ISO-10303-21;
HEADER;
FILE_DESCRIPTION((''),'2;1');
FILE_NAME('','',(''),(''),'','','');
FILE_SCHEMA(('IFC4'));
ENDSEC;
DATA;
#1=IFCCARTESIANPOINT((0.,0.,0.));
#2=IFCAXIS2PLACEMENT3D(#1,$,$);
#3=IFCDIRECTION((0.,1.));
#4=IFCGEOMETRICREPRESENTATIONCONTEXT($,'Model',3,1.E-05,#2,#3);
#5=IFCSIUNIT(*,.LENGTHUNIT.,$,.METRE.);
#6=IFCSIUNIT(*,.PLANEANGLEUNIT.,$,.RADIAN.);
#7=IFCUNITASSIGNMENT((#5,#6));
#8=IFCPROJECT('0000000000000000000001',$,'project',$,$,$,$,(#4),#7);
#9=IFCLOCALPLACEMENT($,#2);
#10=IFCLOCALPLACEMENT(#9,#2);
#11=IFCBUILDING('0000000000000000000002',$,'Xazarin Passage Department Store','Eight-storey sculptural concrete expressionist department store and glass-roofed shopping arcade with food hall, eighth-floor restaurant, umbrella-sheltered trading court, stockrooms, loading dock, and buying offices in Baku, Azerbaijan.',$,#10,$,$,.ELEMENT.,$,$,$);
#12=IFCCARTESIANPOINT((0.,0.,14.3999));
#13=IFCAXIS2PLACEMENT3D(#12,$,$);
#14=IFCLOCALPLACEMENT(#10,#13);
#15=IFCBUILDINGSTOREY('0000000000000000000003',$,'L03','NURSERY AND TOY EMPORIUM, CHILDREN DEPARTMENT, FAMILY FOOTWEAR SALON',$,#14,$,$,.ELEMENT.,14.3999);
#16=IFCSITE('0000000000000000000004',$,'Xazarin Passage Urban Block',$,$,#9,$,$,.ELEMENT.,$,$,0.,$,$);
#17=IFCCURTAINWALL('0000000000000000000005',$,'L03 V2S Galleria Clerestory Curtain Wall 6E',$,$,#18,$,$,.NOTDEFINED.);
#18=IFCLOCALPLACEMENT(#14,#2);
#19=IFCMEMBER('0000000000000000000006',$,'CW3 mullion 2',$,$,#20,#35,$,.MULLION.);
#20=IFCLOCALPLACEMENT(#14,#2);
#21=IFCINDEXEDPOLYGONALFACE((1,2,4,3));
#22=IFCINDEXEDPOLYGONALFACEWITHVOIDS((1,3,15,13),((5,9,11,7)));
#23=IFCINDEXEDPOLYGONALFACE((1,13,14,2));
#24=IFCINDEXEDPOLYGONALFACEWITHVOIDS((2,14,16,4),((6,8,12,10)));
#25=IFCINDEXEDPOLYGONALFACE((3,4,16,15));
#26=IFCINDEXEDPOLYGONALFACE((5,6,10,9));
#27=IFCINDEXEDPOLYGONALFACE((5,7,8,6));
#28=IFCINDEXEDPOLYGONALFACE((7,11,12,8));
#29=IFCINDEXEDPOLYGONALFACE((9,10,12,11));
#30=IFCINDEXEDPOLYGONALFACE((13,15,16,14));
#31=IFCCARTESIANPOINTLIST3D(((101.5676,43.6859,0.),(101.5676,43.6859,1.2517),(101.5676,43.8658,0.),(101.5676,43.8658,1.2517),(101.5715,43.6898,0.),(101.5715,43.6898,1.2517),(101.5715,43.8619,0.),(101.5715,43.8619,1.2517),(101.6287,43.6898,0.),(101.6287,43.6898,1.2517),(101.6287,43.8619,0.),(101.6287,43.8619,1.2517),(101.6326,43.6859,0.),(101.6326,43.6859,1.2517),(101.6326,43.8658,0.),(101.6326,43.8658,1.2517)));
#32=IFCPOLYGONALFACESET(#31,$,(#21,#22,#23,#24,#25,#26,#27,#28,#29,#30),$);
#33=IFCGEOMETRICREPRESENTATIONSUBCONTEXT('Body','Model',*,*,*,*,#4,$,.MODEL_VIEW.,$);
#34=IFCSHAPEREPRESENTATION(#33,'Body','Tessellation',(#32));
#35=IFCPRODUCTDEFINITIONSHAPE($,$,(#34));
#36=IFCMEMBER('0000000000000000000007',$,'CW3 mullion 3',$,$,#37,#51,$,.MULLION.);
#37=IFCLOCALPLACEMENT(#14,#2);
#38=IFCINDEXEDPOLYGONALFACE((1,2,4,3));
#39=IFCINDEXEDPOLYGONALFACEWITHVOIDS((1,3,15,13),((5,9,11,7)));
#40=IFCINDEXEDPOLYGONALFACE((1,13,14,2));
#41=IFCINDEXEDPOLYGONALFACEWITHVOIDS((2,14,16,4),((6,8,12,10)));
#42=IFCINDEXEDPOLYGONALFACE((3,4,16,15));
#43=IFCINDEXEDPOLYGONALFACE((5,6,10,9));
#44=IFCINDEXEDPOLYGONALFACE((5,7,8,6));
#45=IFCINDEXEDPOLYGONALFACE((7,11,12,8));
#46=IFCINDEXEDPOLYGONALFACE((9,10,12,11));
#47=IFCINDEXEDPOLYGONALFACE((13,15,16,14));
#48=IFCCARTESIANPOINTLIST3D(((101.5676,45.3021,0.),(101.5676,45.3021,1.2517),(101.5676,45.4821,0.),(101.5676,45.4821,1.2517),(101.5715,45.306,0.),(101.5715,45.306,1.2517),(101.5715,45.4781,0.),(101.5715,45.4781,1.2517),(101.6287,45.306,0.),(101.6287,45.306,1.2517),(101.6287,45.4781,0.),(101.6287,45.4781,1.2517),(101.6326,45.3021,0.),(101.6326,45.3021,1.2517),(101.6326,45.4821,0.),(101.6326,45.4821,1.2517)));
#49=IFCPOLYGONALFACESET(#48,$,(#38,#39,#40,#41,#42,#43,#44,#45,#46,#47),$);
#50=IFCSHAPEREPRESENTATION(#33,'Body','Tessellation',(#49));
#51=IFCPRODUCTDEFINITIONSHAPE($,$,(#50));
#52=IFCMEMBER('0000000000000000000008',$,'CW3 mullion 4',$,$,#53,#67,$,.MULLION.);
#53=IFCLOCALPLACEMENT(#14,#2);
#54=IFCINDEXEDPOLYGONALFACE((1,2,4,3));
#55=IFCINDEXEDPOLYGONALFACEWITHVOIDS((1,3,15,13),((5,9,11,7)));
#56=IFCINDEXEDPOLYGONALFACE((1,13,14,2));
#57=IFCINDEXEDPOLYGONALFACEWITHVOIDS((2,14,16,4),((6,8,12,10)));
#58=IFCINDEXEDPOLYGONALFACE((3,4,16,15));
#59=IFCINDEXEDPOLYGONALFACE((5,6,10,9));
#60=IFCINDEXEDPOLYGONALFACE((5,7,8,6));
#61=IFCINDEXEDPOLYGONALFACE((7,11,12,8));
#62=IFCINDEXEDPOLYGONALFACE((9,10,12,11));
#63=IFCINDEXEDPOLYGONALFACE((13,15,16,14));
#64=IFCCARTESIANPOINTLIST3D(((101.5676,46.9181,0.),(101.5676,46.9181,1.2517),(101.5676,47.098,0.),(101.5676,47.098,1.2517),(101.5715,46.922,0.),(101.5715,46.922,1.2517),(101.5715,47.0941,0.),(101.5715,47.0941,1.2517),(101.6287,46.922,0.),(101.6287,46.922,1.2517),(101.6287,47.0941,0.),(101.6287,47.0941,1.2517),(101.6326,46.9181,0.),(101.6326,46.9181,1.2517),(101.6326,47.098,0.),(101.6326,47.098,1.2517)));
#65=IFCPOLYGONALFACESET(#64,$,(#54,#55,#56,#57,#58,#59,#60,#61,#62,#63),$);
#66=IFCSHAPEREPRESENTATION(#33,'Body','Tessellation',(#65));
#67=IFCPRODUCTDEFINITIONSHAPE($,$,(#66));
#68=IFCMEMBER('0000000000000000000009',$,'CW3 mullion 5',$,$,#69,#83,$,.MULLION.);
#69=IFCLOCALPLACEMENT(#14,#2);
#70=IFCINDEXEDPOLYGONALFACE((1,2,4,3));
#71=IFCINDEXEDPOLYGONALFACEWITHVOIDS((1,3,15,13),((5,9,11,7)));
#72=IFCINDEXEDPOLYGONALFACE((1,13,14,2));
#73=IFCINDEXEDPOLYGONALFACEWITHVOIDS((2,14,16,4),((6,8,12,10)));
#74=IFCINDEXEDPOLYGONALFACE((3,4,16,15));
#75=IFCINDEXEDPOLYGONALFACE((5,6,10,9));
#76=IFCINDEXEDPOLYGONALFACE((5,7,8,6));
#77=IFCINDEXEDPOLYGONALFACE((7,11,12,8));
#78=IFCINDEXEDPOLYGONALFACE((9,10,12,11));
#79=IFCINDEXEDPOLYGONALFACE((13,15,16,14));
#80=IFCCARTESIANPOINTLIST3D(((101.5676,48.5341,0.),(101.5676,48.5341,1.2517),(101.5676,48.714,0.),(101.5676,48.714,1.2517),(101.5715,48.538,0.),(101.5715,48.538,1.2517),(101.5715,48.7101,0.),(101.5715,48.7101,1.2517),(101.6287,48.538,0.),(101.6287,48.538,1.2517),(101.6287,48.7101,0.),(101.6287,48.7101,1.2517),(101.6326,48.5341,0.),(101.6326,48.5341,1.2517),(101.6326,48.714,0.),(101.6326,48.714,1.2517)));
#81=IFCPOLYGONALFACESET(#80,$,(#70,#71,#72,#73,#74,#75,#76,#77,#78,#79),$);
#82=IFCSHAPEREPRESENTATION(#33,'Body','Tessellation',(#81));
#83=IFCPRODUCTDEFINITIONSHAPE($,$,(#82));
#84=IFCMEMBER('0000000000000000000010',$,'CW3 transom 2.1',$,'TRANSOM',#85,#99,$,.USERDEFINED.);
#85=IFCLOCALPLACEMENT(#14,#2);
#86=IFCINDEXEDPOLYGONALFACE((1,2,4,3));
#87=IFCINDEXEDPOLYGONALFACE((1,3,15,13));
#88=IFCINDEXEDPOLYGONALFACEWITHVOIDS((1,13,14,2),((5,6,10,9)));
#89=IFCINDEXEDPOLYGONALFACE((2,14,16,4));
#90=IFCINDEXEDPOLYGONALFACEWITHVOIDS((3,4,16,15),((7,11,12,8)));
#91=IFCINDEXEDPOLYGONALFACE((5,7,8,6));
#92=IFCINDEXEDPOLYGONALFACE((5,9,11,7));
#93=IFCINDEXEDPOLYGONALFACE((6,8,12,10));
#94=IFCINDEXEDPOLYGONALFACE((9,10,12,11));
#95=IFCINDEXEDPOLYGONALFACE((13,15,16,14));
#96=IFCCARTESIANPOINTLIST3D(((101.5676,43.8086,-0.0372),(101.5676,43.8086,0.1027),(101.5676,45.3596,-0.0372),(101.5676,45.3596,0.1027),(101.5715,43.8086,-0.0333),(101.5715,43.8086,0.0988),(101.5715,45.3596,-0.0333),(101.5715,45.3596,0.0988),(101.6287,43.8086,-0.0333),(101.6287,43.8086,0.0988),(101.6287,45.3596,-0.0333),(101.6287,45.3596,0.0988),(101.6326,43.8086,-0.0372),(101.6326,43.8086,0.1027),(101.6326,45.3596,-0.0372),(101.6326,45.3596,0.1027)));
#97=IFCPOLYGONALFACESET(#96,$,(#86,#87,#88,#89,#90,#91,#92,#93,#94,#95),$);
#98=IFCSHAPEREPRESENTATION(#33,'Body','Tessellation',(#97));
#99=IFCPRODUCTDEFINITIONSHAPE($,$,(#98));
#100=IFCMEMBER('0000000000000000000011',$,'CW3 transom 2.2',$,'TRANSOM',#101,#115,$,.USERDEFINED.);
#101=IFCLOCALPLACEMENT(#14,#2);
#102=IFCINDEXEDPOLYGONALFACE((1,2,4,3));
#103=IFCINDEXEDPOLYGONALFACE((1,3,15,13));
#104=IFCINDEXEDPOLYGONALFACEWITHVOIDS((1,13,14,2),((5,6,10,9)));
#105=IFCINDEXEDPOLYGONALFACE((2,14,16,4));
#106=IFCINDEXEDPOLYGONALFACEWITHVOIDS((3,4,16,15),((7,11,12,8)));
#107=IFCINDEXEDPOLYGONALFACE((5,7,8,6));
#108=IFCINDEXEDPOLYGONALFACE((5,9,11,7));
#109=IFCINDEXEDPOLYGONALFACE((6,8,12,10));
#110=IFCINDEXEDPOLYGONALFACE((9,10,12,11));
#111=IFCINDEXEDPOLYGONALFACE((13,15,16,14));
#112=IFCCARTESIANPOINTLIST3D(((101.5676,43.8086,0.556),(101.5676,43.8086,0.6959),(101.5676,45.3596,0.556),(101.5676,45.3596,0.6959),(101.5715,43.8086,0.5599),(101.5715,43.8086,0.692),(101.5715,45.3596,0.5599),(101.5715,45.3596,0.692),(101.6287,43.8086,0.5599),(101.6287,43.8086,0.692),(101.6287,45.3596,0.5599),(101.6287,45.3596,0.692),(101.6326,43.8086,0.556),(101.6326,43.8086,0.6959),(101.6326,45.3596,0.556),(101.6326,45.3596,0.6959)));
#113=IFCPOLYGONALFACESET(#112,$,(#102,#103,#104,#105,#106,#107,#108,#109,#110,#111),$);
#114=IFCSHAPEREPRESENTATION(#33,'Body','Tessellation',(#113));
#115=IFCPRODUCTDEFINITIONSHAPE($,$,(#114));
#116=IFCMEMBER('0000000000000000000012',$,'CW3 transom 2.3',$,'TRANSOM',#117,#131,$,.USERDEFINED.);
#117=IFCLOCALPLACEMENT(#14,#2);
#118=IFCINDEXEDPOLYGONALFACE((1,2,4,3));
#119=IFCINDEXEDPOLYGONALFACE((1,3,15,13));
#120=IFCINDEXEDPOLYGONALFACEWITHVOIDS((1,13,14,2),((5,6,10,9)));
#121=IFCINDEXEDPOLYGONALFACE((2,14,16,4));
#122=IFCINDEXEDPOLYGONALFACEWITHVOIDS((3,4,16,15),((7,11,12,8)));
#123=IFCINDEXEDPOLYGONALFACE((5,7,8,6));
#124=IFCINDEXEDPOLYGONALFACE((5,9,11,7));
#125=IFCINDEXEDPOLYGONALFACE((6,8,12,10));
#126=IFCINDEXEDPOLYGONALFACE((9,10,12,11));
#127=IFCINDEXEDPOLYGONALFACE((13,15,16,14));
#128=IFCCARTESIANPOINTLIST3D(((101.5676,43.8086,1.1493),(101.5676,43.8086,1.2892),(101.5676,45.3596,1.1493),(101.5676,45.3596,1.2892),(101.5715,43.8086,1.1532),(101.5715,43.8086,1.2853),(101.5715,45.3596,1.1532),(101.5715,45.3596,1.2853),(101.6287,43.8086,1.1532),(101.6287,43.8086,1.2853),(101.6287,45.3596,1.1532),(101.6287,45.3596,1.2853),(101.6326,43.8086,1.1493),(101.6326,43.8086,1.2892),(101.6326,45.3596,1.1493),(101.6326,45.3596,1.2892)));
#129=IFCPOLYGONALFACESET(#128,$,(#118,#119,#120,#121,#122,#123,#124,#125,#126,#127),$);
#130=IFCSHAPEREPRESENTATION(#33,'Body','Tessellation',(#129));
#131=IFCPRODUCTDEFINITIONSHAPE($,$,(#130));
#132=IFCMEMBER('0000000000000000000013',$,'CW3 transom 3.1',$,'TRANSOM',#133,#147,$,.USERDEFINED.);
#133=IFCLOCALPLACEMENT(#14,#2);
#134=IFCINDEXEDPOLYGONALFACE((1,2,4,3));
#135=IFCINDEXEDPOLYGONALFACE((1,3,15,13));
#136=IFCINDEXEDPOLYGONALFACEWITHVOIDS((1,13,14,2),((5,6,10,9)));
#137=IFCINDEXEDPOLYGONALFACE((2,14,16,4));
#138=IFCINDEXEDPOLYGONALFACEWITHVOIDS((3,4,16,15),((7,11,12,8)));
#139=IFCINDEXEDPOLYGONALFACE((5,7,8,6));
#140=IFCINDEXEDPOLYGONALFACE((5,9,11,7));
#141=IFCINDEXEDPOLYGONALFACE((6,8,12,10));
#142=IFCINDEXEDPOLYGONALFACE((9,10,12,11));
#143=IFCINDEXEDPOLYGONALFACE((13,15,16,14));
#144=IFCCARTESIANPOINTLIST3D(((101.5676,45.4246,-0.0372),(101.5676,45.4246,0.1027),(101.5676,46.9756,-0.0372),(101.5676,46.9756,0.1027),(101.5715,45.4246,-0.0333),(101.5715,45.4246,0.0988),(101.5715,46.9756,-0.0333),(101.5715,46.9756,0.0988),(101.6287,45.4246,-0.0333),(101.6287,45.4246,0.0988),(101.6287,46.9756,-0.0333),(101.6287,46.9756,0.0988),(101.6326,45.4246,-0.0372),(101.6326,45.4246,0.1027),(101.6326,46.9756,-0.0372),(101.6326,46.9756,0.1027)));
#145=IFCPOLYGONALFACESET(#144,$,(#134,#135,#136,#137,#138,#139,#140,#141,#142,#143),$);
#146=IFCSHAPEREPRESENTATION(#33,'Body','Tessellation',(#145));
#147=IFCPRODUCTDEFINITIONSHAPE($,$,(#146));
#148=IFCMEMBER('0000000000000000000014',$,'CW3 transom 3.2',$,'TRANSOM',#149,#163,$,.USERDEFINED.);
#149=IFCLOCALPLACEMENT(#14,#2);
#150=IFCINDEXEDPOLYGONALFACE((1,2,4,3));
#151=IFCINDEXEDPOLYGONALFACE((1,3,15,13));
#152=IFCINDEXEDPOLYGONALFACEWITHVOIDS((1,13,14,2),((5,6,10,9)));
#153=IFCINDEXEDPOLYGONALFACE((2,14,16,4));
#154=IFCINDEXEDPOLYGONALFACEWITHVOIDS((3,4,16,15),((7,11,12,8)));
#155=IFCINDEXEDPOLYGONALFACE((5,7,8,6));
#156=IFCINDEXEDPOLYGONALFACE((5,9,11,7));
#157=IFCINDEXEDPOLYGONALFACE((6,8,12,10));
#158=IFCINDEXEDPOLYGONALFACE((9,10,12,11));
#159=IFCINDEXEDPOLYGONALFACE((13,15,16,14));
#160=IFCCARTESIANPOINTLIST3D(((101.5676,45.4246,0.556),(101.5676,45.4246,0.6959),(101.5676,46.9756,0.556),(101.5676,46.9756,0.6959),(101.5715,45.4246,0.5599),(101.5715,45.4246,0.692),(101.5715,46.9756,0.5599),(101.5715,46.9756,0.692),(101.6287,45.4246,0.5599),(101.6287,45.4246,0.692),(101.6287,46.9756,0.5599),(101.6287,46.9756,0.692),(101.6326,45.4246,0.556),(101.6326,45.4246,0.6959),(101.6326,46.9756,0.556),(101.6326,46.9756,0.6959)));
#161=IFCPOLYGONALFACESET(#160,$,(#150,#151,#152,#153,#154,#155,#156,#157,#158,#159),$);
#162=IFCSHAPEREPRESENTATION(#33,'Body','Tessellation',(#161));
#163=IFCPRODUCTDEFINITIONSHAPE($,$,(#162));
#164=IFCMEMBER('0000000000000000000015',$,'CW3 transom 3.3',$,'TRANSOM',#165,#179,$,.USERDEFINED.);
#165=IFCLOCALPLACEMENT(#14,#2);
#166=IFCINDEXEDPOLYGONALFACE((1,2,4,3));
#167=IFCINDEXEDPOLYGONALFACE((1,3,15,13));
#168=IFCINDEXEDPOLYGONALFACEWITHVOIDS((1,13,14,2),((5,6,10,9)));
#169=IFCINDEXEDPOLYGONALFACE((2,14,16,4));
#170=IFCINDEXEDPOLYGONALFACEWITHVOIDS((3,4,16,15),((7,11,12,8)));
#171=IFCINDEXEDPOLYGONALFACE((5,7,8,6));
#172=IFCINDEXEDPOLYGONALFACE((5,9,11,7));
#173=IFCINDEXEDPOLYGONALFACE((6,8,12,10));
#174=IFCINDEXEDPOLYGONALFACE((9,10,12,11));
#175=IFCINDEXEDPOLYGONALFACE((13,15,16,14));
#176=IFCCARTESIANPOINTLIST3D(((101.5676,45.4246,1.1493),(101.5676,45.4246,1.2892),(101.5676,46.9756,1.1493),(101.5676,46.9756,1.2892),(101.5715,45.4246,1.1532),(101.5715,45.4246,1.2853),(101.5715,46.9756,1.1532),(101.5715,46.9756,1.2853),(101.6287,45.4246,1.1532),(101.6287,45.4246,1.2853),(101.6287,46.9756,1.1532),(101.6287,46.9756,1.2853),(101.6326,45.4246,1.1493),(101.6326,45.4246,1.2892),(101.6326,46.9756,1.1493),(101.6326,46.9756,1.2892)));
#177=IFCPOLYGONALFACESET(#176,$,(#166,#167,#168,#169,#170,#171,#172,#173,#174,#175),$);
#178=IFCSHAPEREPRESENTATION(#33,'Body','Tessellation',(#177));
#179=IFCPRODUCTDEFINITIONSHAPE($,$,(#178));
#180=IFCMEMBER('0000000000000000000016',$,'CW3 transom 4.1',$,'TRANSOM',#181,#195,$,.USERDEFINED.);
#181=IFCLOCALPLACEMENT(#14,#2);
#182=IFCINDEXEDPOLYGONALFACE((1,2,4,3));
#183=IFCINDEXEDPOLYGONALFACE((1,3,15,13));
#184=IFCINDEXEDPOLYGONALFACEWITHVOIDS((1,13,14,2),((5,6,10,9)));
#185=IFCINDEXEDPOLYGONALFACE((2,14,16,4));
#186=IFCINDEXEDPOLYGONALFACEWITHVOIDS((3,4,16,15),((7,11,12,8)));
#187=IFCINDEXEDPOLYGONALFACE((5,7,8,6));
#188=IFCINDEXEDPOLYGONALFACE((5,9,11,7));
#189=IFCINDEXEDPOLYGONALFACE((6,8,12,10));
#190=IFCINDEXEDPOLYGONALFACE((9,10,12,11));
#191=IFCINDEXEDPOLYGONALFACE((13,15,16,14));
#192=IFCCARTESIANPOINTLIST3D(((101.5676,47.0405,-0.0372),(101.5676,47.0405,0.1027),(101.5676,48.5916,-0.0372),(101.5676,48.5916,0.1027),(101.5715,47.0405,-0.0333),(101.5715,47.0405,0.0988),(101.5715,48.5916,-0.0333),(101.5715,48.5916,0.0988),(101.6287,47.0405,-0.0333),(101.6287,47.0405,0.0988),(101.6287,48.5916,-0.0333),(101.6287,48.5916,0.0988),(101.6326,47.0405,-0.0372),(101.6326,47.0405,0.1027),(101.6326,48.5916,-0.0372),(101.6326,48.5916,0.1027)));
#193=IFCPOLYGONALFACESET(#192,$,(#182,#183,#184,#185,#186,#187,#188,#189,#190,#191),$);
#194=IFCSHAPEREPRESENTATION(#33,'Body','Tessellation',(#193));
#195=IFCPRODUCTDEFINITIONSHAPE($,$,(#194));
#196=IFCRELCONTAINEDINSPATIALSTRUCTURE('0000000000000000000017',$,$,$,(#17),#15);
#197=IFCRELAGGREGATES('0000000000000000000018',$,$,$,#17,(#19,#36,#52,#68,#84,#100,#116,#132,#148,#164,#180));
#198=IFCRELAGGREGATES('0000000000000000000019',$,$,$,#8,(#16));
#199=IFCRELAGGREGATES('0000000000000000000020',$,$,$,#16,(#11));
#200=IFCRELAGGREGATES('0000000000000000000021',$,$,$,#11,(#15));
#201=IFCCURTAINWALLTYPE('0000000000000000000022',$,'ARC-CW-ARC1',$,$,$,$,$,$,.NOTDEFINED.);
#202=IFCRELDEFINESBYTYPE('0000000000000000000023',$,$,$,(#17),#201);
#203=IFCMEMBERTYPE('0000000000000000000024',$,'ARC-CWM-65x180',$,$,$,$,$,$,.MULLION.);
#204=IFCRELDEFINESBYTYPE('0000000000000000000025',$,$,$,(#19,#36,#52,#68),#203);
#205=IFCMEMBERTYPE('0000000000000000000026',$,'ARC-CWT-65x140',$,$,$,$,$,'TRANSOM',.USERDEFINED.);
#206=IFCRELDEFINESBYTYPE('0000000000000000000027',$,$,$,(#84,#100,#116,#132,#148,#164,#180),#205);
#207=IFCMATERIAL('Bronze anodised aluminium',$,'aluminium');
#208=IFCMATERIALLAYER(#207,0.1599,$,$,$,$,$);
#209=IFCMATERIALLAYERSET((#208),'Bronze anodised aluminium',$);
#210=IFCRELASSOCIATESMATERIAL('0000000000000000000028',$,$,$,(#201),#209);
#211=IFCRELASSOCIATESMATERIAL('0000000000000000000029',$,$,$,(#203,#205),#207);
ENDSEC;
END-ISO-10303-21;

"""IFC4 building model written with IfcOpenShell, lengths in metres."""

from ifc_helpers import new_model, si_unit, direction, frame, origin, origin_2d, place, context, subcontext, project, spatial, hollow_rectangle, extrude, material, layer, layer_set, material_profile, profile_set, type_object, element, aggregate, save


model = new_model("IFC4")

# Units and contexts
model_context = context("Model", 3, precision=1e-05, world=origin(), true_north=direction((0.0, 1.0)))
body_context = subcontext(model_context, "Body", "Model", "MODEL_VIEW")
ifc_project = project(units=[si_unit("LENGTHUNIT", "METRE"), si_unit("PLANEANGLEUNIT", "RADIAN")], contexts=[model_context])

# Site, building, storey
site_placement = place(None, origin())
site = spatial("IfcSite", under=ifc_project, at=site_placement, Name="Xazarin Passage Urban Block", CompositionType="ELEMENT", RefElevation=0.0)
building_placement = place(site_placement, origin())
building = spatial("IfcBuilding", under=site, at=building_placement, Name="Xazarin Passage Department Store", Description="Eight-storey sculptural concrete expressionist department store and glass-roofed shopping arcade with food hall, eighth-floor restaurant, umbrella-sheltered trading court, stockrooms, loading dock, and buying offices in Baku, Azerbaijan.", CompositionType="ELEMENT")
storey_placement = place(building_placement, frame((0.0, 0.0, 14.3999)))
storey = spatial("IfcBuildingStorey", under=building, at=storey_placement, Name="L03", Description="NURSERY AND TOY EMPORIUM, CHILDREN DEPARTMENT, FAMILY FOOTWEAR SALON", CompositionType="ELEMENT", Elevation=14.3999)

# Curtain wall, members
ifc_material_1 = material(Name="Bronze anodised aluminium", Category="aluminium")
ifc_layer_1 = layer(ifc_material_1, 0.1599)
ifc_layer_set_1 = layer_set([ifc_layer_1], Name="Bronze anodised aluminium")
curtain_wall_type = type_object("IfcCurtainWallType", Name="ARC-CW-ARC1", PredefinedType="NOTDEFINED", material=ifc_layer_set_1)
curtain_wall_placement = place(storey_placement, origin())
curtain_wall = element("IfcCurtainWall", 1, at=curtain_wall_placement, inside=storey, type_object=curtain_wall_type, Name="L03 V2S Galleria Clerestory Curtain Wall 6E", PredefinedType="NOTDEFINED")
ifc_material_profile_1 = material_profile(ifc_material_1, hollow_rectangle(XDim=0.0649, YDim=0.1799, WallThickness=0.0039, at=origin_2d()), Name="ALU 65x180")
ifc_profile_set_1 = profile_set([ifc_material_profile_1], Name="Bronze anodised aluminium")
member_type_1 = type_object("IfcMemberType", Name="ARC-CWM-65x180", PredefinedType="MULLION", material=ifc_profile_set_1)
member_1_placement = place(storey_placement, frame((101.6001, 43.7759, 0.0), z_axis=(0.0, 0.0, 1.0), x_axis=(-1.0, 0.0, 0.0)))
member_1 = element("IfcMember", 2, at=member_1_placement, type_object=member_type_1, Name="CW3 mullion 2", PredefinedType="MULLION", context=body_context, shape_type="SweptSolid", body=[
    extrude(hollow_rectangle(XDim=0.0649, YDim=0.1799, WallThickness=0.0039, at=origin_2d()), origin(), (0.0, 0.0, 1.0), 1.2517),
])
member_2_placement = place(storey_placement, frame((101.6001, 45.3921, 0.0), z_axis=(0.0, 0.0, 1.0), x_axis=(-1.0, 0.0, 0.0)))
member_2 = element("IfcMember", 3, at=member_2_placement, type_object=member_type_1, Name="CW3 mullion 3", PredefinedType="MULLION", context=body_context, shape_type="SweptSolid", body=[
    extrude(hollow_rectangle(XDim=0.0649, YDim=0.1799, WallThickness=0.0039, at=origin_2d()), origin(), (0.0, 0.0, 1.0), 1.2517),
])
member_3_placement = place(storey_placement, frame((101.6001, 47.0081, 0.0), z_axis=(0.0, 0.0, 1.0), x_axis=(-1.0, 0.0, 0.0)))
member_3 = element("IfcMember", 4, at=member_3_placement, type_object=member_type_1, Name="CW3 mullion 4", PredefinedType="MULLION", context=body_context, shape_type="SweptSolid", body=[
    extrude(hollow_rectangle(XDim=0.0649, YDim=0.1799, WallThickness=0.0039, at=origin_2d()), origin(), (0.0, 0.0, 1.0), 1.2517),
])
member_4_placement = place(storey_placement, frame((101.6001, 48.624, 0.0), z_axis=(0.0, 0.0, 1.0), x_axis=(-1.0, 0.0, 0.0)))
member_4 = element("IfcMember", 5, at=member_4_placement, type_object=member_type_1, Name="CW3 mullion 5", PredefinedType="MULLION", context=body_context, shape_type="SweptSolid", body=[
    extrude(hollow_rectangle(XDim=0.0649, YDim=0.1799, WallThickness=0.0039, at=origin_2d()), origin(), (0.0, 0.0, 1.0), 1.2517),
])
ifc_material_profile_2 = material_profile(ifc_material_1, hollow_rectangle(XDim=0.0649, YDim=0.1399, WallThickness=0.0039, at=origin_2d()), Name="ALU 65x140")
ifc_profile_set_2 = profile_set([ifc_material_profile_2], Name="Bronze anodised aluminium")
member_type_2 = type_object("IfcMemberType", Name="ARC-CWT-65x140", ElementType="TRANSOM", PredefinedType="USERDEFINED", material=ifc_profile_set_2)
member_5_placement = place(storey_placement, frame((101.6001, 43.8086, 0.0327), z_axis=(0.0, 1.0, 0.0), x_axis=(-1.0, 0.0, 0.0)))
member_5 = element("IfcMember", 6, at=member_5_placement, type_object=member_type_2, Name="CW3 transom 2.1", ObjectType="TRANSOM", PredefinedType="USERDEFINED", context=body_context, shape_type="SweptSolid", body=[
    extrude(hollow_rectangle(XDim=0.0649, YDim=0.1399, WallThickness=0.0039, at=origin_2d()), origin(), (0.0, 0.0, 1.0), 1.551),
])
member_6_placement = place(storey_placement, frame((101.6001, 43.8086, 0.626), z_axis=(0.0, 1.0, 0.0), x_axis=(-1.0, 0.0, 0.0)))
member_6 = element("IfcMember", 7, at=member_6_placement, type_object=member_type_2, Name="CW3 transom 2.2", ObjectType="TRANSOM", PredefinedType="USERDEFINED", context=body_context, shape_type="SweptSolid", body=[
    extrude(hollow_rectangle(XDim=0.0649, YDim=0.1399, WallThickness=0.0039, at=origin_2d()), origin(), (0.0, 0.0, 1.0), 1.551),
])
member_7_placement = place(storey_placement, frame((101.6001, 43.8086, 1.2192), z_axis=(0.0, 1.0, 0.0), x_axis=(-1.0, 0.0, 0.0)))
member_7 = element("IfcMember", 8, at=member_7_placement, type_object=member_type_2, Name="CW3 transom 2.3", ObjectType="TRANSOM", PredefinedType="USERDEFINED", context=body_context, shape_type="SweptSolid", body=[
    extrude(hollow_rectangle(XDim=0.0649, YDim=0.1399, WallThickness=0.0039, at=origin_2d()), origin(), (0.0, 0.0, 1.0), 1.551),
])
member_8_placement = place(storey_placement, frame((101.6001, 45.4246, 0.0327), z_axis=(0.0, 1.0, 0.0), x_axis=(-1.0, 0.0, 0.0)))
member_8 = element("IfcMember", 9, at=member_8_placement, type_object=member_type_2, Name="CW3 transom 3.1", ObjectType="TRANSOM", PredefinedType="USERDEFINED", context=body_context, shape_type="SweptSolid", body=[
    extrude(hollow_rectangle(XDim=0.0649, YDim=0.1399, WallThickness=0.0039, at=origin_2d()), origin(), (0.0, 0.0, 1.0), 1.551),
])
member_9_placement = place(storey_placement, frame((101.6001, 45.4246, 0.626), z_axis=(0.0, 1.0, 0.0), x_axis=(-1.0, 0.0, 0.0)))
member_9 = element("IfcMember", 10, at=member_9_placement, type_object=member_type_2, Name="CW3 transom 3.2", ObjectType="TRANSOM", PredefinedType="USERDEFINED", context=body_context, shape_type="SweptSolid", body=[
    extrude(hollow_rectangle(XDim=0.0649, YDim=0.1399, WallThickness=0.0039, at=origin_2d()), origin(), (0.0, 0.0, 1.0), 1.551),
])
member_10_placement = place(storey_placement, frame((101.6001, 45.4246, 1.2192), z_axis=(0.0, 1.0, 0.0), x_axis=(-1.0, 0.0, 0.0)))
member_10 = element("IfcMember", 11, at=member_10_placement, type_object=member_type_2, Name="CW3 transom 3.3", ObjectType="TRANSOM", PredefinedType="USERDEFINED", context=body_context, shape_type="SweptSolid", body=[
    extrude(hollow_rectangle(XDim=0.0649, YDim=0.1399, WallThickness=0.0039, at=origin_2d()), origin(), (0.0, 0.0, 1.0), 1.551),
])
member_11_placement = place(storey_placement, frame((101.6001, 47.0405, 0.0327), z_axis=(0.0, 1.0, 0.0), x_axis=(-1.0, 0.0, 0.0)))
member_11 = element("IfcMember", 12, at=member_11_placement, type_object=member_type_2, Name="CW3 transom 4.1", ObjectType="TRANSOM", PredefinedType="USERDEFINED", context=body_context, shape_type="SweptSolid", body=[
    extrude(hollow_rectangle(XDim=0.0649, YDim=0.1399, WallThickness=0.0039, at=origin_2d()), origin(), (0.0, 0.0, 1.0), 1.551),
])
aggregate(curtain_wall, [member_1, member_2, member_3, member_4, member_5, member_6, member_7, member_8, member_9, member_10, member_11])

save(model, "model.ifc")
